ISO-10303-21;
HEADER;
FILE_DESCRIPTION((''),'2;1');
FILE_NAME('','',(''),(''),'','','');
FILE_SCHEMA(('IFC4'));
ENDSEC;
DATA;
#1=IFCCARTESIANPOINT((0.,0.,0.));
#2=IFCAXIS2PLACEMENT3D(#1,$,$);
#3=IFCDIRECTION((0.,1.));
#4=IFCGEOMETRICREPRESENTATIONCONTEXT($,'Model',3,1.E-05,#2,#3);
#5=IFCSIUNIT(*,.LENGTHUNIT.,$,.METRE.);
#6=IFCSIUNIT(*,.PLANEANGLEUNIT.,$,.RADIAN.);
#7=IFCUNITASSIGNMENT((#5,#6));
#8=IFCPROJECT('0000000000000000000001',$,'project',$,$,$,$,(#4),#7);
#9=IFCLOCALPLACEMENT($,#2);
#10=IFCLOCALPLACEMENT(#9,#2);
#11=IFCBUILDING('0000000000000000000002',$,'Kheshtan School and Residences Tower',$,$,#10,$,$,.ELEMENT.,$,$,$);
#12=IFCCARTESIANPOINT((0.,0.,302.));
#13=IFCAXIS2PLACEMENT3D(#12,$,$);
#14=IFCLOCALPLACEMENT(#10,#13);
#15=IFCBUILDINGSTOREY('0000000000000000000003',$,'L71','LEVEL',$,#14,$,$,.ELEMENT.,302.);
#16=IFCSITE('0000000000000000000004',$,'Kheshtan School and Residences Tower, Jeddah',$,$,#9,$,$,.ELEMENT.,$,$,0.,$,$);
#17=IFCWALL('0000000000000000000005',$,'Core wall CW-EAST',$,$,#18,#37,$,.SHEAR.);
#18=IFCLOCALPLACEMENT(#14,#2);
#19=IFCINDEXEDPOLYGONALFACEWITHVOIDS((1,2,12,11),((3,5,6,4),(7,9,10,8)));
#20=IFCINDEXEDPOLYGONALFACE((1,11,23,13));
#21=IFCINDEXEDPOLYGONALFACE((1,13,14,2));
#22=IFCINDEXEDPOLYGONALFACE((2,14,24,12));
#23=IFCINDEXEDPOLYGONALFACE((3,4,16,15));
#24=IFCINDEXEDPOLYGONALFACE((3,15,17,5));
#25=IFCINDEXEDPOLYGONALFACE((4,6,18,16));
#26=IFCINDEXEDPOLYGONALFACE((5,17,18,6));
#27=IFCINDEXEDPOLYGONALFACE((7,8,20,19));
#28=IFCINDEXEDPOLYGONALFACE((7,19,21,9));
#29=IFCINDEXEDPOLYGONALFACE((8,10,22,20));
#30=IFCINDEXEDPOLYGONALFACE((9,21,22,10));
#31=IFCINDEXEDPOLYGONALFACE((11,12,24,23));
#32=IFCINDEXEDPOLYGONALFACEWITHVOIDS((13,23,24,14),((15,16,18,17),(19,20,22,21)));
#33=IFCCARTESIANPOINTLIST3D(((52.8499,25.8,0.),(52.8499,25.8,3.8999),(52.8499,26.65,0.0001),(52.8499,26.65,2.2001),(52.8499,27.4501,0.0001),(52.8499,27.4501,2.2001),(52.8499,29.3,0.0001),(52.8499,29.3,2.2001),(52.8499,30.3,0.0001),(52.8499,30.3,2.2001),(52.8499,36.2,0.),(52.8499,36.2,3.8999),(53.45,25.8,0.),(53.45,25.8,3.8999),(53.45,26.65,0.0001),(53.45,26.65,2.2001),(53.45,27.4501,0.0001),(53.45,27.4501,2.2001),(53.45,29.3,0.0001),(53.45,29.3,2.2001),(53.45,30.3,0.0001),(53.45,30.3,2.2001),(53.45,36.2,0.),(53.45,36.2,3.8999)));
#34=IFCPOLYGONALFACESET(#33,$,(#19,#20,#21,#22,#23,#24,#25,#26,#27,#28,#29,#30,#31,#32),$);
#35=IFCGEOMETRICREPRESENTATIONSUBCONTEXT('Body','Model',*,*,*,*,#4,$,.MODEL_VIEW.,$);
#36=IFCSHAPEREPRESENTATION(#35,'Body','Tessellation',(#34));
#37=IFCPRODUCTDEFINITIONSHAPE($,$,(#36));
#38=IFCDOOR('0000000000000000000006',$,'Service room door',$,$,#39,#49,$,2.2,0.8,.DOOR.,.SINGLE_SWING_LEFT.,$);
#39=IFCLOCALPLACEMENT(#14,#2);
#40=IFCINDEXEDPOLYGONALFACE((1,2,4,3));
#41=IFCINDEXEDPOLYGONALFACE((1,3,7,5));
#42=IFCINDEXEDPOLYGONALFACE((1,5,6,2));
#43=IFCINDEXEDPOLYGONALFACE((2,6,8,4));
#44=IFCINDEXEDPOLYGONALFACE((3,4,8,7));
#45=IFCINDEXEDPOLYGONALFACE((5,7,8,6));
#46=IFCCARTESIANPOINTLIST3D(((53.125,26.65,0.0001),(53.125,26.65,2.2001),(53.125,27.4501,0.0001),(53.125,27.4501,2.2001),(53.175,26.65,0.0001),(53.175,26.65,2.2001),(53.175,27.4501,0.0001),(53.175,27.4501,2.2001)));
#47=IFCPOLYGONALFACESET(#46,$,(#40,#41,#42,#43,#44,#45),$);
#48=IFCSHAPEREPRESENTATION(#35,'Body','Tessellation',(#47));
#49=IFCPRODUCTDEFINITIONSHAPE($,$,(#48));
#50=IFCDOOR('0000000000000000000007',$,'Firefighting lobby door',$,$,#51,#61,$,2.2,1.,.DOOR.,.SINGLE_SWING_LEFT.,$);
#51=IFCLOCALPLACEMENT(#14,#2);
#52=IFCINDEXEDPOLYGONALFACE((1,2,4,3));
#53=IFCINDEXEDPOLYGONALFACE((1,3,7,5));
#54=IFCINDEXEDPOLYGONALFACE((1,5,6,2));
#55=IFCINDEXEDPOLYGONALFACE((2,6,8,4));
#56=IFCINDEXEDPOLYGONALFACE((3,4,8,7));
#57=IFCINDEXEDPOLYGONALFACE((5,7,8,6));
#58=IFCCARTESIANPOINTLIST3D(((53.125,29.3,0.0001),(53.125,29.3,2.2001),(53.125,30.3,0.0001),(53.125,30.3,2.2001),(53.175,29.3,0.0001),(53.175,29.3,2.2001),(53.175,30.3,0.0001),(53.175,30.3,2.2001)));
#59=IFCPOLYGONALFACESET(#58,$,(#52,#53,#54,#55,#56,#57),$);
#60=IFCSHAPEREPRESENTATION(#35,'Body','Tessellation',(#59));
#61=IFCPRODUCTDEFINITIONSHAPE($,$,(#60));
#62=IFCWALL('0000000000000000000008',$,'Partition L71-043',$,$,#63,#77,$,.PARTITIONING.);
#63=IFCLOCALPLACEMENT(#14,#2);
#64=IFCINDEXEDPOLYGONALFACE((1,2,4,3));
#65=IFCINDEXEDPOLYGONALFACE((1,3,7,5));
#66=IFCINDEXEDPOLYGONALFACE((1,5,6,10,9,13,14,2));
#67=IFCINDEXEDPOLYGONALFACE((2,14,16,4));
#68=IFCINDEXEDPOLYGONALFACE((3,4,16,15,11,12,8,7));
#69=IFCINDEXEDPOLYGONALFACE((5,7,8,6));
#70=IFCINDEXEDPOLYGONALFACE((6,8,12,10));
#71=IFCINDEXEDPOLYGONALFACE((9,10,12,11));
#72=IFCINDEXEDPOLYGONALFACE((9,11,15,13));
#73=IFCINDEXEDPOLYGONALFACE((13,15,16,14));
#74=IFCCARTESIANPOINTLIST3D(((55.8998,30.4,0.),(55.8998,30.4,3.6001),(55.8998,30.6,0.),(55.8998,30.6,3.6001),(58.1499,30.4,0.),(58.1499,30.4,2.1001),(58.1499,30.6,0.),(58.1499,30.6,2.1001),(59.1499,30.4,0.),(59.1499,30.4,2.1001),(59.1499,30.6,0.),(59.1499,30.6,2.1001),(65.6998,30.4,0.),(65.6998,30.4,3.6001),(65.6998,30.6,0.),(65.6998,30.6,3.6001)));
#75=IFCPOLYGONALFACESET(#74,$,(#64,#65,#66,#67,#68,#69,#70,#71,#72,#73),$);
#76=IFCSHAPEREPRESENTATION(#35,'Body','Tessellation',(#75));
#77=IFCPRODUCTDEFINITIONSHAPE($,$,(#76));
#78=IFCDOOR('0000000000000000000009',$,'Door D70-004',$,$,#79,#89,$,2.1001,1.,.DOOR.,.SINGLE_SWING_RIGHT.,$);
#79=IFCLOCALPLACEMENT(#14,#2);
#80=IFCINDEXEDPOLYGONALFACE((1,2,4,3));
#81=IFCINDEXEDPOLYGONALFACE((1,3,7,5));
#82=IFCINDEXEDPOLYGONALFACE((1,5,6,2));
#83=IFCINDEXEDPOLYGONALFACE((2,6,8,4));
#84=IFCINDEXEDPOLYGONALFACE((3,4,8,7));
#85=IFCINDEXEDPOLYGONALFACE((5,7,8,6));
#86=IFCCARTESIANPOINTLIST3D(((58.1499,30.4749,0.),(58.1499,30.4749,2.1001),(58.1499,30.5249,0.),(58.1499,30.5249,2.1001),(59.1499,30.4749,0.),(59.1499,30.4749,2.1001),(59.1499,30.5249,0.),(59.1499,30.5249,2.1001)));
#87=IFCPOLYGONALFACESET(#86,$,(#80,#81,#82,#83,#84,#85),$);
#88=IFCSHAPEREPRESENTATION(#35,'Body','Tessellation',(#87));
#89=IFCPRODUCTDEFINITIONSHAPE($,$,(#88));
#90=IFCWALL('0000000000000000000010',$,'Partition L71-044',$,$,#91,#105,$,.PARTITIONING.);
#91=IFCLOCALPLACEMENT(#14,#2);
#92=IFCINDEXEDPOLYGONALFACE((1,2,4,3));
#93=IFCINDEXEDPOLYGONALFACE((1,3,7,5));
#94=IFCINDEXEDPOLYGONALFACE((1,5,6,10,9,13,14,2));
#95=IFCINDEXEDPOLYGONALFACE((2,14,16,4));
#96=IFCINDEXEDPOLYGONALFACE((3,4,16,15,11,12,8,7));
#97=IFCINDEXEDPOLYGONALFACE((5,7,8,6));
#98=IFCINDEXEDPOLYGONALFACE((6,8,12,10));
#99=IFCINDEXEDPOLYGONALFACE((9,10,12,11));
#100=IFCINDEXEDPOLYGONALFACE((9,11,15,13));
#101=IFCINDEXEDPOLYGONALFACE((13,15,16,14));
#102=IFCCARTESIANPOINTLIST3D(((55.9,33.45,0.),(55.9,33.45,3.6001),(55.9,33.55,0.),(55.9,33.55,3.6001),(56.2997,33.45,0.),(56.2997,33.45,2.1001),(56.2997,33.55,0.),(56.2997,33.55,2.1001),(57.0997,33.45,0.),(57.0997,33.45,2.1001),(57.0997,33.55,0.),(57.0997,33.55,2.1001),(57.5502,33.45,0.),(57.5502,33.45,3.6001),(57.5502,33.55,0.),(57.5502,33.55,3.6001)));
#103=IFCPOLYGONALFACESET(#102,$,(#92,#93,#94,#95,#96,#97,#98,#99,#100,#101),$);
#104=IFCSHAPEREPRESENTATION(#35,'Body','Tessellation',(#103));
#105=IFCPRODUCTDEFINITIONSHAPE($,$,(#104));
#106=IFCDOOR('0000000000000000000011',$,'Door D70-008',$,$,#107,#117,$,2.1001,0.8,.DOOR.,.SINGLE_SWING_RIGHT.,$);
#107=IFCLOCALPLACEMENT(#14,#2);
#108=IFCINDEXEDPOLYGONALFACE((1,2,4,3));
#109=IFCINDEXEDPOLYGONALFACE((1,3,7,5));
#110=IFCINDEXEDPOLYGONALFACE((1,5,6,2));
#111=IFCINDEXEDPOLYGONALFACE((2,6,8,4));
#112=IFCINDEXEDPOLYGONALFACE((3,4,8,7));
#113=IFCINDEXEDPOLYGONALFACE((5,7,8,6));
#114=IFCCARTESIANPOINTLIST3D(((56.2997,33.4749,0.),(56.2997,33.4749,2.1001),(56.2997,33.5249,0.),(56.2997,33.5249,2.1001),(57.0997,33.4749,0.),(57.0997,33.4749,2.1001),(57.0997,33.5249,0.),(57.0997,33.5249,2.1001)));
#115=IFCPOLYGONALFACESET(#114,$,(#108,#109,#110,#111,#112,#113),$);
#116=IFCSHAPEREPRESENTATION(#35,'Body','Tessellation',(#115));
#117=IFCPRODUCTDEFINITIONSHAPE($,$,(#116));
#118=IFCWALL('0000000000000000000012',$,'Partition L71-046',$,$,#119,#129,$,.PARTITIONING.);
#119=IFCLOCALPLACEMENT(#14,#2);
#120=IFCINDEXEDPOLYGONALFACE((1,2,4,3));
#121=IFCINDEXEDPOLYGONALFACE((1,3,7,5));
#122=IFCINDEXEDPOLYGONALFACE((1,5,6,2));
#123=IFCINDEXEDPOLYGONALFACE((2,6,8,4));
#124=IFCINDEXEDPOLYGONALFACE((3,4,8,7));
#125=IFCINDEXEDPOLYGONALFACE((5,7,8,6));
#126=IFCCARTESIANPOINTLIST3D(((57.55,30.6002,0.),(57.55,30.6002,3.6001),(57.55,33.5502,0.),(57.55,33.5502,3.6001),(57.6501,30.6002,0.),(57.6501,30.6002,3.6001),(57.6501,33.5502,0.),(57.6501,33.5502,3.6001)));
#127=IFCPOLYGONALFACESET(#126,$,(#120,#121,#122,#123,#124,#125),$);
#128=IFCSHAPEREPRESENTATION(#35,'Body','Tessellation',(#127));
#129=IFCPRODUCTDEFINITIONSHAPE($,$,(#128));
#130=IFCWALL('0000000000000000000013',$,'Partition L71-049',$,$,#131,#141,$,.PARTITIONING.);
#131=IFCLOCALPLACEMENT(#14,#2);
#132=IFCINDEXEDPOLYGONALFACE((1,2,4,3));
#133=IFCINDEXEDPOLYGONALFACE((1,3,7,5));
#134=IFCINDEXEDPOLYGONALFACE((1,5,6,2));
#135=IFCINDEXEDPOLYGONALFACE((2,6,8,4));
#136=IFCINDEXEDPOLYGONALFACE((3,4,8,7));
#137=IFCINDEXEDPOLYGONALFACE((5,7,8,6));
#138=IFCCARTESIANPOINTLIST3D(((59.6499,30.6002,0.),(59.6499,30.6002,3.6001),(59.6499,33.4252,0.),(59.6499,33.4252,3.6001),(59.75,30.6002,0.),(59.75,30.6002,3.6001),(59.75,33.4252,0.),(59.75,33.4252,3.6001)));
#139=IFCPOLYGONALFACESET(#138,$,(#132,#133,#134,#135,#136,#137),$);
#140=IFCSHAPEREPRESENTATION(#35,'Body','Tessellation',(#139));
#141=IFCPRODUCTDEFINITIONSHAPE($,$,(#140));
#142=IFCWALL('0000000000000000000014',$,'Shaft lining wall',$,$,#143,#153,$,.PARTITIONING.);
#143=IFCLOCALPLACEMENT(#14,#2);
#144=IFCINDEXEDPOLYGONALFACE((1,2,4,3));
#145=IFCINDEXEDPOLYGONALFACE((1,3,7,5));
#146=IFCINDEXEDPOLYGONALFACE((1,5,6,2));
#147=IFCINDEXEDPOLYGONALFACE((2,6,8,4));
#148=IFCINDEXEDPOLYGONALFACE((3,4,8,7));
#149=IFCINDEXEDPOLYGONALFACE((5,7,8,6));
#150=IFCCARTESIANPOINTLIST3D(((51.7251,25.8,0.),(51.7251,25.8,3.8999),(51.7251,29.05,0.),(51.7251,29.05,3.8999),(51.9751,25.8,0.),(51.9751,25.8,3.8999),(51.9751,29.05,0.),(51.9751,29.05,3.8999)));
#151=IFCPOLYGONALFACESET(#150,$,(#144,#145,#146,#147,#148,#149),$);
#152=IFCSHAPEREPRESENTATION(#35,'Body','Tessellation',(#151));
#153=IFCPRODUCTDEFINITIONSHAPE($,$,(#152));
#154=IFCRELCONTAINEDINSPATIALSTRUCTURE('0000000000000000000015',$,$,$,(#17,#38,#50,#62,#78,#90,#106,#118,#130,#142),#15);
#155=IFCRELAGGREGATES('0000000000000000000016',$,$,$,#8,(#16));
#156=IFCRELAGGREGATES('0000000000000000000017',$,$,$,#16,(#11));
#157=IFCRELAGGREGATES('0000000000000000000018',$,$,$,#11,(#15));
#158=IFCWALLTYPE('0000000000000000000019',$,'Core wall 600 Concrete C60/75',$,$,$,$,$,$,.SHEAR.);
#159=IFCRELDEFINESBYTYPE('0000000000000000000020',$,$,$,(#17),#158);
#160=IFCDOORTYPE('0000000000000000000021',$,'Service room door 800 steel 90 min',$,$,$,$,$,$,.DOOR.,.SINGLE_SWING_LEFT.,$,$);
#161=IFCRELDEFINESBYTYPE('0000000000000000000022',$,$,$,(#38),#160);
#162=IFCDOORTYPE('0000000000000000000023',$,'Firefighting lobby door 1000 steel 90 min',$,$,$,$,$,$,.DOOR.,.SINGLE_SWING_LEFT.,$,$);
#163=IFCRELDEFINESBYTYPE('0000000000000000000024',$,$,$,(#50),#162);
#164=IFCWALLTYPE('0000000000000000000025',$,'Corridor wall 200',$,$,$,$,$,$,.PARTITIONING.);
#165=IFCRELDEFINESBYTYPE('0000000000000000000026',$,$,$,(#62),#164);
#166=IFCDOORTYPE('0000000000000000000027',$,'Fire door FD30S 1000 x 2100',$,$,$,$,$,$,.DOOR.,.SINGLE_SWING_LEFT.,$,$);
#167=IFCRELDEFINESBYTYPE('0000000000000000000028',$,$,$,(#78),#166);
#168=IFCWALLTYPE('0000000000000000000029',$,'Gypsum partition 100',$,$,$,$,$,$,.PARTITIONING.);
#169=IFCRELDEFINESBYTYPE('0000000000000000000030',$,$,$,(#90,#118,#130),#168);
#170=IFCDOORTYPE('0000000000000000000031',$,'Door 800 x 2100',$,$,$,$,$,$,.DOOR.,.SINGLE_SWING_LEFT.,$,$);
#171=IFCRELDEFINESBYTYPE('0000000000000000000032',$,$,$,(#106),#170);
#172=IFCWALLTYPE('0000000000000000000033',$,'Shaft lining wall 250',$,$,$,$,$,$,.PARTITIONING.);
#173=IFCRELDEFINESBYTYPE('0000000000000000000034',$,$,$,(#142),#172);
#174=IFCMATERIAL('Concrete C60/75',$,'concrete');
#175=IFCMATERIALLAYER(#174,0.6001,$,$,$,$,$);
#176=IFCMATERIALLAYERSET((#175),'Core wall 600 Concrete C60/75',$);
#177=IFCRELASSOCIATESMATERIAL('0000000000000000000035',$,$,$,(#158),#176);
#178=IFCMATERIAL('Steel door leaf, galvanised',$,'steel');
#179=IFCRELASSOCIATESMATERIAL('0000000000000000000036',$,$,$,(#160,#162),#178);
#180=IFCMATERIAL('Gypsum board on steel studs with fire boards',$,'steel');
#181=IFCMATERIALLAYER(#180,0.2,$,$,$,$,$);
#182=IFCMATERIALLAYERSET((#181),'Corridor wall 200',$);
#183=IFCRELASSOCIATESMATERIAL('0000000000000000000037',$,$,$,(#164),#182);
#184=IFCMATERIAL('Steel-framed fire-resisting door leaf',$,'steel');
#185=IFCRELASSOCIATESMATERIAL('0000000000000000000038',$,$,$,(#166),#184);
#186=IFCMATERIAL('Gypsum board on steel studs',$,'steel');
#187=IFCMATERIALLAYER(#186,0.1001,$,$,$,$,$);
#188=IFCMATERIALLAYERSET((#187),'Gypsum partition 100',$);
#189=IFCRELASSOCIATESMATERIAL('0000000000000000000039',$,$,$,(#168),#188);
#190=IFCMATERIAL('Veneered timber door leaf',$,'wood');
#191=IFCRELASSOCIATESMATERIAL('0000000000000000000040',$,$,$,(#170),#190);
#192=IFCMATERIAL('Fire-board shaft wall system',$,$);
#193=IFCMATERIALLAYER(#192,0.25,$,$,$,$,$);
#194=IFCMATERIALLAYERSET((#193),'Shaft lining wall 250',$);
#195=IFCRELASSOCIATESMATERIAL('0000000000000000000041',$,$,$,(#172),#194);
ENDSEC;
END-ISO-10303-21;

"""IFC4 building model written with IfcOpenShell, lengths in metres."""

from ifc_helpers import new_model, si_unit, direction, frame, frame_2d, origin, place, context, subcontext, project, spatial, rectangle, extrude, source, transform, mapped, material, layer, layer_set, type_object, element, fill, save


model = new_model("IFC4")

# Units and contexts
model_context = context("Model", 3, precision=1e-05, world=origin(), true_north=direction((0.0, 1.0)))
body_context = subcontext(model_context, "Body", "Model", "MODEL_VIEW")
ifc_project = project(units=[si_unit("LENGTHUNIT", "METRE"), si_unit("PLANEANGLEUNIT", "RADIAN")], contexts=[model_context])

# Site, building, storey
site_placement = place(None, origin())
site = spatial("IfcSite", under=ifc_project, at=site_placement, Name="Kheshtan School and Residences Tower, Jeddah", CompositionType="ELEMENT", RefElevation=0.0)
building_placement = place(site_placement, origin())
building = spatial("IfcBuilding", under=site, at=building_placement, Name="Kheshtan School and Residences Tower", CompositionType="ELEMENT")
storey_placement = place(building_placement, frame((0.0, 0.0, 302.0)))
storey = spatial("IfcBuildingStorey", under=building, at=storey_placement, Name="L71", Description="LEVEL", CompositionType="ELEMENT", Elevation=302.0)

# Wall, openings, doors
ifc_material_1 = material(Name="Concrete C60/75", Category="concrete")
ifc_layer_1 = layer(ifc_material_1, 0.6001)
ifc_layer_set_1 = layer_set([ifc_layer_1], Name="Core wall 600 Concrete C60/75")
wall_type_1 = type_object("IfcWallType", Name="Core wall 600 Concrete C60/75", PredefinedType="SHEAR", material=ifc_layer_set_1)
wall_1_placement = place(storey_placement, frame((53.1499, 25.8, 0.0), z_axis=(0.0, 0.0, 1.0), x_axis=(0.0, 1.0, 0.0)))
wall_1 = element("IfcWall", 1, at=wall_1_placement, inside=storey, type_object=wall_type_1, Name="Core wall CW-EAST", PredefinedType="SHEAR", context=body_context, shape_type="SweptSolid", body=[
    extrude(rectangle(XDim=10.3999, YDim=0.6001, at=frame_2d((5.2, 0.0))), origin(), (0.0, 0.0, 1.0), 3.8999),
])
opening_1_placement = place(wall_1_placement, frame((0.8501, 0.0, 0.0)))
opening_1 = element("IfcOpeningElement", 2, at=opening_1_placement, cuts=wall_1, PredefinedType="OPENING", context=body_context, shape_type="SweptSolid", body=[
    extrude(rectangle(XDim=0.8, YDim=2.2, at=frame_2d((0.3999, 1.1001))), frame((0.0, 0.3101, 0.0), z_axis=(0.0, -1.0, 0.0), x_axis=(1.0, 0.0, 0.0)), (0.0, 0.0, 1.0), 0.6201),
])
opening_2_placement = place(wall_1_placement, frame((3.5, 0.0, 0.0)))
opening_2 = element("IfcOpeningElement", 3, at=opening_2_placement, cuts=wall_1, PredefinedType="OPENING", context=body_context, shape_type="SweptSolid", body=[
    extrude(rectangle(XDim=1.0, YDim=2.2, at=frame_2d((0.5, 1.1001))), frame((0.0, 0.3101, 0.0), z_axis=(0.0, -1.0, 0.0), x_axis=(1.0, 0.0, 0.0)), (0.0, 0.0, 1.0), 0.6201),
])
ifc_material_2 = material(Name="Steel door leaf, galvanised", Category="steel")
door_type_1 = type_object("IfcDoorType", Name="Service room door 800 steel 90 min", OperationType="SINGLE_SWING_LEFT", PredefinedType="DOOR", material=ifc_material_2)
shared_shape_1 = source(origin(), body_context, "Body", "SweptSolid", [
    extrude(rectangle(XDim=0.8, YDim=2.2, at=frame_2d((0.3999, 1.1001))), frame((0.0, 0.0249, 0.0), z_axis=(0.0, -1.0, 0.0), x_axis=(1.0, 0.0, 0.0)), (0.0, 0.0, 1.0), 0.05),
])
door_1_placement = place(opening_1_placement, origin())
door_1 = element("IfcDoor", 4, at=door_1_placement, inside=storey, type_object=door_type_1, Name="Service room door", OperationType="SINGLE_SWING_LEFT", OverallHeight=2.2, OverallWidth=0.8, PredefinedType="DOOR", context=body_context, shape_type="MappedRepresentation", body=[
    mapped(shared_shape_1, transform((0.0, 0.0, 0.0), x_axis=(1.0, 0.0, 0.0), y_axis=(0.0, 1.0, 0.0), z_axis=(0.0, 0.0, 1.0), scale=1.0)),
])
fill(opening_1, door_1)
door_type_2 = type_object("IfcDoorType", Name="Firefighting lobby door 1000 steel 90 min", OperationType="SINGLE_SWING_LEFT", PredefinedType="DOOR", material=ifc_material_2)
shared_shape_2 = source(origin(), body_context, "Body", "SweptSolid", [
    extrude(rectangle(XDim=1.0, YDim=2.2, at=frame_2d((0.5, 1.1001))), frame((0.0, 0.0249, 0.0), z_axis=(0.0, -1.0, 0.0), x_axis=(1.0, 0.0, 0.0)), (0.0, 0.0, 1.0), 0.05),
])
door_2_placement = place(opening_2_placement, origin())
door_2 = element("IfcDoor", 5, at=door_2_placement, inside=storey, type_object=door_type_2, Name="Firefighting lobby door", OperationType="SINGLE_SWING_LEFT", OverallHeight=2.2, OverallWidth=1.0, PredefinedType="DOOR", context=body_context, shape_type="MappedRepresentation", body=[
    mapped(shared_shape_2, transform((0.0, 0.0, 0.0), x_axis=(1.0, 0.0, 0.0), y_axis=(0.0, 1.0, 0.0), z_axis=(0.0, 0.0, 1.0), scale=1.0)),
])
fill(opening_2, door_2)

# Walls, openings, doors
ifc_material_3 = material(Name="Gypsum board on steel studs with fire boards", Category="steel")
ifc_layer_2 = layer(ifc_material_3, 0.2)
ifc_layer_set_2 = layer_set([ifc_layer_2], Name="Corridor wall 200")
wall_type_2 = type_object("IfcWallType", Name="Corridor wall 200", PredefinedType="PARTITIONING", material=ifc_layer_set_2)
wall_2_placement = place(storey_placement, frame((55.8999, 30.5, 0.0), z_axis=(0.0, 0.0, 1.0), x_axis=(1.0, 0.0, 0.0)))
wall_2 = element("IfcWall", 6, at=wall_2_placement, inside=storey, type_object=wall_type_2, Name="Partition L71-043", PredefinedType="PARTITIONING", context=body_context, shape_type="SweptSolid", body=[
    extrude(rectangle(XDim=9.8, YDim=0.2, at=frame_2d((4.8999, 0.0))), origin(), (0.0, 0.0, 1.0), 3.6001),
])
opening_3_placement = place(wall_2_placement, frame((2.25, 0.0, 0.0)))
opening_3 = element("IfcOpeningElement", 7, at=opening_3_placement, cuts=wall_2, PredefinedType="OPENING", context=body_context, shape_type="SweptSolid", body=[
    extrude(rectangle(XDim=1.0, YDim=2.1001, at=frame_2d((0.5, 1.05))), frame((0.0, 0.1099, 0.0), z_axis=(0.0, -1.0, 0.0), x_axis=(1.0, 0.0, 0.0)), (0.0, 0.0, 1.0), 0.22),
])
ifc_material_4 = material(Name="Steel-framed fire-resisting door leaf", Category="steel")
door_type_3 = type_object("IfcDoorType", Name="Fire door FD30S 1000 x 2100", OperationType="SINGLE_SWING_LEFT", PredefinedType="DOOR", material=ifc_material_4)
shared_shape_3 = source(origin(), body_context, "Body", "SweptSolid", [
    extrude(rectangle(XDim=1.0, YDim=2.1001, at=frame_2d((0.5, 1.05))), frame((0.0, 0.0249, 0.0), z_axis=(0.0, -1.0, 0.0), x_axis=(1.0, 0.0, 0.0)), (0.0, 0.0, 1.0), 0.05),
])
door_3_placement = place(opening_3_placement, origin())
door_3 = element("IfcDoor", 8, at=door_3_placement, inside=storey, type_object=door_type_3, Name="Door D70-004", OperationType="SINGLE_SWING_RIGHT", OverallHeight=2.1001, OverallWidth=1.0, PredefinedType="DOOR", context=body_context, shape_type="MappedRepresentation", body=[
    mapped(shared_shape_3, transform((0.0, 0.0, 0.0), x_axis=(1.0, 0.0, 0.0), y_axis=(0.0, 1.0, 0.0), z_axis=(0.0, 0.0, 1.0), scale=1.0)),
])
fill(opening_3, door_3)
ifc_material_5 = material(Name="Gypsum board on steel studs", Category="steel")
ifc_layer_3 = layer(ifc_material_5, 0.1001)
ifc_layer_set_3 = layer_set([ifc_layer_3], Name="Gypsum partition 100")
wall_type_3 = type_object("IfcWallType", Name="Gypsum partition 100", PredefinedType="PARTITIONING", material=ifc_layer_set_3)
wall_3_placement = place(storey_placement, frame((55.8999, 33.5, 0.0), z_axis=(0.0, 0.0, 1.0), x_axis=(1.0, 0.0, 0.0)))
wall_3 = element("IfcWall", 9, at=wall_3_placement, inside=storey, type_object=wall_type_3, Name="Partition L71-044", PredefinedType="PARTITIONING", context=body_context, shape_type="SweptSolid", body=[
    extrude(rectangle(XDim=1.6501, YDim=0.1001, at=frame_2d((0.8252, 0.0))), origin(), (0.0, 0.0, 1.0), 3.6001),
])
opening_4_placement = place(wall_3_placement, frame((0.3999, 0.0, 0.0)))
opening_4 = element("IfcOpeningElement", 10, at=opening_4_placement, cuts=wall_3, PredefinedType="OPENING", context=body_context, shape_type="SweptSolid", body=[
    extrude(rectangle(XDim=0.8, YDim=2.1001, at=frame_2d((0.3999, 1.05))), frame((0.0, 0.0601, 0.0), z_axis=(0.0, -1.0, 0.0), x_axis=(1.0, 0.0, 0.0)), (0.0, 0.0, 1.0), 0.1201),
])
ifc_material_6 = material(Name="Veneered timber door leaf", Category="wood")
door_type_4 = type_object("IfcDoorType", Name="Door 800 x 2100", OperationType="SINGLE_SWING_LEFT", PredefinedType="DOOR", material=ifc_material_6)
shared_shape_4 = source(origin(), body_context, "Body", "SweptSolid", [
    extrude(rectangle(XDim=0.8, YDim=2.1001, at=frame_2d((0.3999, 1.05))), frame((0.0, 0.0249, 0.0), z_axis=(0.0, -1.0, 0.0), x_axis=(1.0, 0.0, 0.0)), (0.0, 0.0, 1.0), 0.05),
])
door_4_placement = place(opening_4_placement, origin())
door_4 = element("IfcDoor", 11, at=door_4_placement, inside=storey, type_object=door_type_4, Name="Door D70-008", OperationType="SINGLE_SWING_RIGHT", OverallHeight=2.1001, OverallWidth=0.8, PredefinedType="DOOR", context=body_context, shape_type="MappedRepresentation", body=[
    mapped(shared_shape_4, transform((0.0, 0.0, 0.0), x_axis=(1.0, 0.0, 0.0), y_axis=(0.0, 1.0, 0.0), z_axis=(0.0, 0.0, 1.0), scale=1.0)),
])
fill(opening_4, door_4)

# Walls
wall_4_placement = place(storey_placement, frame((57.6001, 30.6001, 0.0), z_axis=(0.0, 0.0, 1.0), x_axis=(0.0, 1.0, 0.0)))
element("IfcWall", 12, at=wall_4_placement, inside=storey, type_object=wall_type_3, Name="Partition L71-046", PredefinedType="PARTITIONING", context=body_context, shape_type="SweptSolid", body=[
    extrude(rectangle(XDim=2.95, YDim=0.1001, at=frame_2d((1.4751, 0.0))), origin(), (0.0, 0.0, 1.0), 3.6001),
])
wall_5_placement = place(storey_placement, frame((59.7, 30.6001, 0.0), z_axis=(0.0, 0.0, 1.0), x_axis=(0.0, 1.0, 0.0)))
element("IfcWall", 13, at=wall_5_placement, inside=storey, type_object=wall_type_3, Name="Partition L71-049", PredefinedType="PARTITIONING", context=body_context, shape_type="SweptSolid", body=[
    extrude(rectangle(XDim=2.825, YDim=0.1001, at=frame_2d((1.4126, 0.0))), origin(), (0.0, 0.0, 1.0), 3.6001),
])
ifc_material_7 = material(Name="Fire-board shaft wall system")
ifc_layer_4 = layer(ifc_material_7, 0.25)
ifc_layer_set_4 = layer_set([ifc_layer_4], Name="Shaft lining wall 250")
wall_type_4 = type_object("IfcWallType", Name="Shaft lining wall 250", PredefinedType="PARTITIONING", material=ifc_layer_set_4)
wall_6_placement = place(storey_placement, frame((51.8501, 25.8, 0.0), z_axis=(0.0, 0.0, 1.0), x_axis=(0.0, 1.0, 0.0)))
element("IfcWall", 14, at=wall_6_placement, inside=storey, type_object=wall_type_4, Name="Shaft lining wall", PredefinedType="PARTITIONING", context=body_context, shape_type="SweptSolid", body=[
    extrude(rectangle(XDim=3.25, YDim=0.25, at=frame_2d((1.625, 0.0))), origin(), (0.0, 0.0, 1.0), 3.8999),
])

save(model, "model.ifc")
